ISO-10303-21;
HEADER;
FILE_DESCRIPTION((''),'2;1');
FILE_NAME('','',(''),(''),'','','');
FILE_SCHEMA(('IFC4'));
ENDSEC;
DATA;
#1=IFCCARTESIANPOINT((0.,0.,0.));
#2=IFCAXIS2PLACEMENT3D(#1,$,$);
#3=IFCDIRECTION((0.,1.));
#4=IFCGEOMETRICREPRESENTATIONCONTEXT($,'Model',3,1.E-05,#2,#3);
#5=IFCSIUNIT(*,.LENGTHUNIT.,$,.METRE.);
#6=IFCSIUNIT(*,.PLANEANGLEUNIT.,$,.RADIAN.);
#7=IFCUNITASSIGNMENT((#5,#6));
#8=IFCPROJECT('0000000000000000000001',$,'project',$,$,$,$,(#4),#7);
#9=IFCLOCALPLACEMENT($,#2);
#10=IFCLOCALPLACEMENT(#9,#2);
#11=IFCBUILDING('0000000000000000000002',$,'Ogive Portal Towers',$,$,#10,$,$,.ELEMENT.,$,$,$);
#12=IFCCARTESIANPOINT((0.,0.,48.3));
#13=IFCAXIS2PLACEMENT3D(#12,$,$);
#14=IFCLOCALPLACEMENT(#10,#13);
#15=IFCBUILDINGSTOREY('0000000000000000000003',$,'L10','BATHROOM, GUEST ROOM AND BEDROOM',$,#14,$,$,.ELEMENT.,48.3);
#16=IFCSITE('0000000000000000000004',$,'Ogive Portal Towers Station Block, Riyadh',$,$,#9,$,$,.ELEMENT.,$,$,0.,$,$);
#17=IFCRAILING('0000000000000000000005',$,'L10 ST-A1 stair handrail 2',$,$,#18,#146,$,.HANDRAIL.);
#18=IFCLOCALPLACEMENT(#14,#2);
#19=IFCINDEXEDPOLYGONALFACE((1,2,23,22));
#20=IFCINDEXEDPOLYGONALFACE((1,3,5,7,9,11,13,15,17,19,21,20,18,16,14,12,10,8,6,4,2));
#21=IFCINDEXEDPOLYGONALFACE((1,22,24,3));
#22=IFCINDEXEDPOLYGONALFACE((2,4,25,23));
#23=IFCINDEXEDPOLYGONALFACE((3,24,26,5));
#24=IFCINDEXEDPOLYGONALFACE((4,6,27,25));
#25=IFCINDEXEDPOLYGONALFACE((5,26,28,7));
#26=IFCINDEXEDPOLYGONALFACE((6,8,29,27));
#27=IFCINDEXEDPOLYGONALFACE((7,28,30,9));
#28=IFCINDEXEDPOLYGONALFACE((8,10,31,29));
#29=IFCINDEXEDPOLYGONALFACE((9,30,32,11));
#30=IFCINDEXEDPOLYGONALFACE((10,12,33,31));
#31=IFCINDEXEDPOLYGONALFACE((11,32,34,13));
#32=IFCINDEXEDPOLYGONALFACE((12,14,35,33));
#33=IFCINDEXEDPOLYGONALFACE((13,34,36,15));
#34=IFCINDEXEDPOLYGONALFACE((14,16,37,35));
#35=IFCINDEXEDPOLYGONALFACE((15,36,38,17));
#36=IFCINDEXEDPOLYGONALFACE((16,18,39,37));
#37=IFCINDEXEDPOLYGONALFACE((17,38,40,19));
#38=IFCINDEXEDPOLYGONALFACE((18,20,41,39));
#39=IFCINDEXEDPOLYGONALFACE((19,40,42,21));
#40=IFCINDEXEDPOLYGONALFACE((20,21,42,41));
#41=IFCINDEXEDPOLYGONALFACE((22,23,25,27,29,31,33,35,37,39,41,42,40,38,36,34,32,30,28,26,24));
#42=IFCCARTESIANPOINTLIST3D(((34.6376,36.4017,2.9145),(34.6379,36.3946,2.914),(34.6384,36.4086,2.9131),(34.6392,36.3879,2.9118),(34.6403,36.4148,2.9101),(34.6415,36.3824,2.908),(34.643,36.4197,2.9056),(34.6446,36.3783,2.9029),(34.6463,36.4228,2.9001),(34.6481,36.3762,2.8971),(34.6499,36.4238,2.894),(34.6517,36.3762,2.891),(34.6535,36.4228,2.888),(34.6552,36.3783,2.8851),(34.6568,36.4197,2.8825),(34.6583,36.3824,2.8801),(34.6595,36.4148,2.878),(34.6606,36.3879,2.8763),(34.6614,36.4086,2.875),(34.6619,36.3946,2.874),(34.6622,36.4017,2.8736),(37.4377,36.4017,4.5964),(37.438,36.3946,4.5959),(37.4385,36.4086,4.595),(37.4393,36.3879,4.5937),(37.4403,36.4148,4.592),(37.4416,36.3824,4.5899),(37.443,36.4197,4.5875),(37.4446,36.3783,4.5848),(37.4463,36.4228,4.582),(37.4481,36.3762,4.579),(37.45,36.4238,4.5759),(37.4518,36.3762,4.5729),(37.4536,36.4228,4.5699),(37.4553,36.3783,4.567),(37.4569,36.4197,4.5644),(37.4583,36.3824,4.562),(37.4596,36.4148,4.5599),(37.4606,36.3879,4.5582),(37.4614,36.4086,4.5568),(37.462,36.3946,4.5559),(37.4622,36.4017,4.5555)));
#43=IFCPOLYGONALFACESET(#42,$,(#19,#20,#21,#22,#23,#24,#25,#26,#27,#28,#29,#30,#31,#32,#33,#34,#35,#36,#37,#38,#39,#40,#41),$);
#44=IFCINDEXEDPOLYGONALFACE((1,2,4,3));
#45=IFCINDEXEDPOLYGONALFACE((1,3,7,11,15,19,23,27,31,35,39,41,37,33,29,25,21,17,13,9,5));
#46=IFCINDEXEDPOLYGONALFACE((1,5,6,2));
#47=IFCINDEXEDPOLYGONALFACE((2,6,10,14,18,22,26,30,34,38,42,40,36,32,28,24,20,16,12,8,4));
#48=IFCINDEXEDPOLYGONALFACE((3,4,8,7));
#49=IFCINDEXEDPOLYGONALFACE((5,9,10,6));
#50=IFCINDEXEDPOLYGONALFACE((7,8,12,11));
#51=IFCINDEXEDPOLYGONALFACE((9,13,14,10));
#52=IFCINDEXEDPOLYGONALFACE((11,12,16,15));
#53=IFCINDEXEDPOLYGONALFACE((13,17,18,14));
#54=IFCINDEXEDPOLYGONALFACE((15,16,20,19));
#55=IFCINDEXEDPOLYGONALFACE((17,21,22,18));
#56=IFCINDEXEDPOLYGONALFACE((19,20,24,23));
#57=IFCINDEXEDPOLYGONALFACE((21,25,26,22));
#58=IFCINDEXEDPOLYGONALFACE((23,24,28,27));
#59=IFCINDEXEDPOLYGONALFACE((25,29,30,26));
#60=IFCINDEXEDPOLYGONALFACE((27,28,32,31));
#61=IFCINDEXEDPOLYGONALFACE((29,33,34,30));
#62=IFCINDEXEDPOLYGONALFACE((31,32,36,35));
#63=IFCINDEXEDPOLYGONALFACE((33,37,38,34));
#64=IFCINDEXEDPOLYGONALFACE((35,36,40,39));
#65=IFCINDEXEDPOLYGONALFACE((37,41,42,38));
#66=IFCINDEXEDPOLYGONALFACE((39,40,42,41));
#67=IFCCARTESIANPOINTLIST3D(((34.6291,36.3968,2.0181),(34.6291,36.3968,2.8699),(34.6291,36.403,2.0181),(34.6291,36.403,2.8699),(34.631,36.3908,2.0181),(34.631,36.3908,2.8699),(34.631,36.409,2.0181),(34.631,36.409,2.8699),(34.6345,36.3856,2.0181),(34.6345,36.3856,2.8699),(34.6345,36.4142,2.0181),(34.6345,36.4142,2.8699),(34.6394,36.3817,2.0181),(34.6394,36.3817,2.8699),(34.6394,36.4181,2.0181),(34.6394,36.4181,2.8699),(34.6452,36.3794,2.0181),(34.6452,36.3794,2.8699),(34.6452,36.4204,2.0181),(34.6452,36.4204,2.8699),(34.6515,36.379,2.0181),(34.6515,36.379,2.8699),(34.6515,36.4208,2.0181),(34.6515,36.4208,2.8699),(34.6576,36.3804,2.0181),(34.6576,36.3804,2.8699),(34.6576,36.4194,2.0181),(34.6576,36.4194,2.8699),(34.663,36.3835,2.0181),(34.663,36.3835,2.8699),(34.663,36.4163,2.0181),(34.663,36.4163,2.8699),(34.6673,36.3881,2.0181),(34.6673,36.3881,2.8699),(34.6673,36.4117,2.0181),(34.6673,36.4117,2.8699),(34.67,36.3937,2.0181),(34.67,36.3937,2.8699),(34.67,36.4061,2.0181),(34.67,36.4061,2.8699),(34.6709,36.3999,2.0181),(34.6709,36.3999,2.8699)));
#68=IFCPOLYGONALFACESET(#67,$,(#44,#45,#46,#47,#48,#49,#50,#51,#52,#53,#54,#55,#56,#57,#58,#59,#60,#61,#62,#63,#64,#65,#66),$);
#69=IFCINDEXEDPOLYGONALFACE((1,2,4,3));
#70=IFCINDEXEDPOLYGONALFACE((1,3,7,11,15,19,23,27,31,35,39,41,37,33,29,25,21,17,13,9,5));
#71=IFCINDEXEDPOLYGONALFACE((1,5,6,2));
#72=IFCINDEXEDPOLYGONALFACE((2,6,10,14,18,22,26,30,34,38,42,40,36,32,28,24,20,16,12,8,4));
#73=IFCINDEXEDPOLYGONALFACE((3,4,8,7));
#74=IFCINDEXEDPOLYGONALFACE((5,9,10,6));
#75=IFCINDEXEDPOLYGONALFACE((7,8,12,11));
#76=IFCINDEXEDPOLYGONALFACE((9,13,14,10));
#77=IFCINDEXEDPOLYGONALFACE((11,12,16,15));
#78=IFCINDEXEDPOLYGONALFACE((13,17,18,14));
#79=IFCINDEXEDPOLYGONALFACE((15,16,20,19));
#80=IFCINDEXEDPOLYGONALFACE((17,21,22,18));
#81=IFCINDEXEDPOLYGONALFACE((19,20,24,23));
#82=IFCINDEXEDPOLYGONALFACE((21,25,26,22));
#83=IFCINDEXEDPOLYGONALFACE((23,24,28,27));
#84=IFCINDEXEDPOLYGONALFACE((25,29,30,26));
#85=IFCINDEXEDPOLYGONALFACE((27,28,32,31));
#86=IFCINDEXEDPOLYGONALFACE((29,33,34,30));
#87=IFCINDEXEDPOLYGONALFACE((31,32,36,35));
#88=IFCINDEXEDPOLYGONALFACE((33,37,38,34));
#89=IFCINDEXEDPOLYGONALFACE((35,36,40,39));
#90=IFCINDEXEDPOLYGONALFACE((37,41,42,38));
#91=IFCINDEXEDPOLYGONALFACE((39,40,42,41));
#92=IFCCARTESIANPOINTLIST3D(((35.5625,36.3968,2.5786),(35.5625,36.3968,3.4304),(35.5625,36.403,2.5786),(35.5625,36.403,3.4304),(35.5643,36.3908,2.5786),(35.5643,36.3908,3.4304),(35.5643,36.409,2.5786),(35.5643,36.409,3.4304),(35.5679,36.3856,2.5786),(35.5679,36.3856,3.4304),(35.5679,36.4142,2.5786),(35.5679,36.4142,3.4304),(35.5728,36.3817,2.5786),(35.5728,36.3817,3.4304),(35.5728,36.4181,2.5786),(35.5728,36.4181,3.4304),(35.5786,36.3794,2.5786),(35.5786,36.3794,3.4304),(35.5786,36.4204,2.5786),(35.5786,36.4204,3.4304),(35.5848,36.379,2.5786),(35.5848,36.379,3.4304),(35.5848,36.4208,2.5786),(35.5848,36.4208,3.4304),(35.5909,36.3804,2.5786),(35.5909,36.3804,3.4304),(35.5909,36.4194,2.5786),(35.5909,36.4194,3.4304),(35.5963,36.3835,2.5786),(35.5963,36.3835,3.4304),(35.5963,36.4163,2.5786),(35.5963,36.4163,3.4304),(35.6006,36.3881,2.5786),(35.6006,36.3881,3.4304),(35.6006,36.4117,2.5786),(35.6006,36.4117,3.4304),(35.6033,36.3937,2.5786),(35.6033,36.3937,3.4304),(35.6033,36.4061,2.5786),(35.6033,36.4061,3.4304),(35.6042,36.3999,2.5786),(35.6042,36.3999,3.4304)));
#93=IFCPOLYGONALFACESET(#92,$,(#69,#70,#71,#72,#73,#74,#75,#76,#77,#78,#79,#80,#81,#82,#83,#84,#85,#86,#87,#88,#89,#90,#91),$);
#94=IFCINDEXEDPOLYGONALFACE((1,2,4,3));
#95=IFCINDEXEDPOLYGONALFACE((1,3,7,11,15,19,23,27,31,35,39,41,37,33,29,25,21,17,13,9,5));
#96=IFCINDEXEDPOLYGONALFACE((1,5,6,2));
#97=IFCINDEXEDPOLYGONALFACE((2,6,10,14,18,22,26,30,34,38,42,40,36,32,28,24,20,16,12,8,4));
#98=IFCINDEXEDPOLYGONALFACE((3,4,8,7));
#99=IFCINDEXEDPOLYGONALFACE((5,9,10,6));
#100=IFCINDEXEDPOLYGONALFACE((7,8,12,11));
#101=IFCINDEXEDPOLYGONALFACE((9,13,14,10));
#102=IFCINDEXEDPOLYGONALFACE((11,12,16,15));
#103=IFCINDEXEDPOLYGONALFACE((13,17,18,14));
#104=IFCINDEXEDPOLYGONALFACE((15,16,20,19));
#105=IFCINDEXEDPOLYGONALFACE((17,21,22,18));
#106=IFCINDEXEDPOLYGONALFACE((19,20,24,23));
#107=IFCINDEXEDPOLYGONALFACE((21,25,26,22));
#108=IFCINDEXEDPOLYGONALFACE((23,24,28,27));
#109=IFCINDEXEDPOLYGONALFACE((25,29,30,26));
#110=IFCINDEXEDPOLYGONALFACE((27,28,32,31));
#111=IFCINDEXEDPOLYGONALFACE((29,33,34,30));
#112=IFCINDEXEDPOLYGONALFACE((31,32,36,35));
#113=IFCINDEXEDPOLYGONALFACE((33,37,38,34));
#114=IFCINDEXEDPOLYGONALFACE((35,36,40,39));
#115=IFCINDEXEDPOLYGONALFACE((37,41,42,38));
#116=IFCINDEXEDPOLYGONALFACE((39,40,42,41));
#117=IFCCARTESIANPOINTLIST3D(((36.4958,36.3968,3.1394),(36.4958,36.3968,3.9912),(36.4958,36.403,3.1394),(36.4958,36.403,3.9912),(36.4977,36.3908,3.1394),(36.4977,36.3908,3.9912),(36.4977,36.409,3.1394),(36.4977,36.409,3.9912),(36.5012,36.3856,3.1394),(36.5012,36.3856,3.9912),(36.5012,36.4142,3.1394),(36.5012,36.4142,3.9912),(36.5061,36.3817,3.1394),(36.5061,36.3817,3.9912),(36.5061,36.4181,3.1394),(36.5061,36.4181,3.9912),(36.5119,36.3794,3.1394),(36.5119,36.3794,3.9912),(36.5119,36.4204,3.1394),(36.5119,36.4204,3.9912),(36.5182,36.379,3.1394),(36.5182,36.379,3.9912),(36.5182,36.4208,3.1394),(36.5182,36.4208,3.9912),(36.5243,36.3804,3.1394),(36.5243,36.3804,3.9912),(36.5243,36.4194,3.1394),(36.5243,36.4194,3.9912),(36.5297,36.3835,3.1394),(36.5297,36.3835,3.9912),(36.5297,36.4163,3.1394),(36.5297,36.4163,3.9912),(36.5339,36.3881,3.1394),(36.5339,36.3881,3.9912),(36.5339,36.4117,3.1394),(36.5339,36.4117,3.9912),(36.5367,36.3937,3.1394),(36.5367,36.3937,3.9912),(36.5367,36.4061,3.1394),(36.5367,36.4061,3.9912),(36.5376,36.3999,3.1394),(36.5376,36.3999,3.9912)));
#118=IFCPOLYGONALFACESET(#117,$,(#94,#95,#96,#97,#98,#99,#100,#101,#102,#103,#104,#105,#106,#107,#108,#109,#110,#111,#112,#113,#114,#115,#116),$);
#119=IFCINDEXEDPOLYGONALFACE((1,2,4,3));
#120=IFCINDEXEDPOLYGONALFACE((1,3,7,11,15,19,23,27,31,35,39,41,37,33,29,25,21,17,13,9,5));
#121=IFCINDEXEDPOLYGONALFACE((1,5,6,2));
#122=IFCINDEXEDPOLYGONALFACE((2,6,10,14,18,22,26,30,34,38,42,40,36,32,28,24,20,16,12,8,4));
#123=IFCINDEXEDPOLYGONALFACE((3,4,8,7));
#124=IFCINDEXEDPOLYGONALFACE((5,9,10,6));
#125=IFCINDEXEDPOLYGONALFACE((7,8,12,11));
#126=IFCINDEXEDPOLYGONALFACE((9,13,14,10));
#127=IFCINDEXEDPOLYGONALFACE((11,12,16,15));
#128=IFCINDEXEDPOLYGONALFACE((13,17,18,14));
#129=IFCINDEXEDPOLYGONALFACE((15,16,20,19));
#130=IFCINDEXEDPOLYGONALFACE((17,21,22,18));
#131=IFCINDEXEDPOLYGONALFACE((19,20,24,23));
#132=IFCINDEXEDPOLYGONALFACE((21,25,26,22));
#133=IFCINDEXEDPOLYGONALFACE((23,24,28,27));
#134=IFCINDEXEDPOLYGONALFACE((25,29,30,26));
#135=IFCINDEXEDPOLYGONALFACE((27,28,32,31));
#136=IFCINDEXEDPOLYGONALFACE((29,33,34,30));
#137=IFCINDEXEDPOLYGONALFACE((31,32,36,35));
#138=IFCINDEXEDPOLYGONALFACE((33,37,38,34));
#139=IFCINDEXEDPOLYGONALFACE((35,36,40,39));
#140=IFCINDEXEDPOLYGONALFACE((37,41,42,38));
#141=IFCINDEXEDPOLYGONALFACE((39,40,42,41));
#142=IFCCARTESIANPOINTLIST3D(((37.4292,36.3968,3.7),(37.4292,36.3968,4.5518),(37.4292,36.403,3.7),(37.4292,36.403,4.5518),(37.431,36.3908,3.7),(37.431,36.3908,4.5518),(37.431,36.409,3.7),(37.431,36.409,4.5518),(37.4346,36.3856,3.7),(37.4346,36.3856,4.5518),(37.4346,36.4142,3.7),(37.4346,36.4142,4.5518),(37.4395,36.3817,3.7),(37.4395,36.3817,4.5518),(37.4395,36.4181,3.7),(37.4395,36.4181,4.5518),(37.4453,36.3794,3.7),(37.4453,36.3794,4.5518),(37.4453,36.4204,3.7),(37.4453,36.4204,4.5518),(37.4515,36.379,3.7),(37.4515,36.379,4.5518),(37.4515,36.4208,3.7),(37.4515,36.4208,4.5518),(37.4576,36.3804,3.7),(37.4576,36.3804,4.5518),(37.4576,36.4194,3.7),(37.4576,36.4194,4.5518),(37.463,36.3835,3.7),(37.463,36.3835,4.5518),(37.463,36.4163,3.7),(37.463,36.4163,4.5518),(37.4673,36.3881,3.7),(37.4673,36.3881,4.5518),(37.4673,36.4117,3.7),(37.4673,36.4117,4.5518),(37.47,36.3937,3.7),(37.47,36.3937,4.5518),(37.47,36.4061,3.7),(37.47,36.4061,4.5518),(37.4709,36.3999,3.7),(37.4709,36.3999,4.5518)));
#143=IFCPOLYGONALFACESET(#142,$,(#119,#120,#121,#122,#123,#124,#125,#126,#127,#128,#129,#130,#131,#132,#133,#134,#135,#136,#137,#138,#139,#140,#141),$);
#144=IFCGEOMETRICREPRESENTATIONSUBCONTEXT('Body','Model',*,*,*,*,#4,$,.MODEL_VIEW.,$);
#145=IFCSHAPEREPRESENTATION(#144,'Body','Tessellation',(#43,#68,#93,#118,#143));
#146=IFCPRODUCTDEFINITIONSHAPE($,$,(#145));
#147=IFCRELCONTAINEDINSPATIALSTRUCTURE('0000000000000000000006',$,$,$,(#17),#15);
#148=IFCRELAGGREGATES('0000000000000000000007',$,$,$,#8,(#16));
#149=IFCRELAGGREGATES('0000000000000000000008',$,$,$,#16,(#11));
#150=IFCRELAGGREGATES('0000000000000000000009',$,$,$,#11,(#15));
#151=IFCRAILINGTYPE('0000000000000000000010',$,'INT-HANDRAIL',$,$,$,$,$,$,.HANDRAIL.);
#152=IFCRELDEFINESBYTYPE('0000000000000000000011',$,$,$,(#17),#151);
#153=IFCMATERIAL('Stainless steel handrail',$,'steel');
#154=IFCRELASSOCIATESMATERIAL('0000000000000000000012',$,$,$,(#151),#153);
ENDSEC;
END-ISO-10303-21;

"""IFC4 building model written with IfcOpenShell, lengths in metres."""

from ifc_helpers import new_model, si_unit, direction, frame, origin, origin_2d, place, context, subcontext, project, spatial, circle, extrude, material, type_object, element, save


model = new_model("IFC4")

# Units and contexts
model_context = context("Model", 3, precision=1e-05, world=origin(), true_north=direction((0.0, 1.0)))
body_context = subcontext(model_context, "Body", "Model", "MODEL_VIEW")
ifc_project = project(units=[si_unit("LENGTHUNIT", "METRE"), si_unit("PLANEANGLEUNIT", "RADIAN")], contexts=[model_context])

# Site, building, storey
site_placement = place(None, origin())
site = spatial("IfcSite", under=ifc_project, at=site_placement, Name="Ogive Portal Towers Station Block, Riyadh", CompositionType="ELEMENT", RefElevation=0.0)
building_placement = place(site_placement, origin())
building = spatial("IfcBuilding", under=site, at=building_placement, Name="Ogive Portal Towers", CompositionType="ELEMENT")
storey_placement = place(building_placement, frame((0.0, 0.0, 48.3)))
storey = spatial("IfcBuildingStorey", under=building, at=storey_placement, Name="L10", Description="BATHROOM, GUEST ROOM AND BEDROOM", CompositionType="ELEMENT", Elevation=48.3)

# Railing
ifc_material_1 = material(Name="Stainless steel handrail", Category="steel")
railing_type_1 = type_object("IfcRailingType", Name="INT-HANDRAIL", PredefinedType="HANDRAIL", material=ifc_material_1)
railing_1_placement = place(storey_placement, frame((34.6499, 36.3999, 2.0181)))
element("IfcRailing", 1, at=railing_1_placement, inside=storey, type_object=railing_type_1, Name="L10 ST-A1 stair handrail 2", PredefinedType="HANDRAIL", context=body_context, shape_type="SweptSolid", body=[
    extrude(circle(Radius=0.0239, at=origin_2d()), frame((0.0, 0.0, 0.876), z_axis=(0.857242, 0.0, 0.514913), x_axis=(0.0, 1.0, 0.0)), (0.0, 0.0, 1.0), 3.2664),
    extrude(circle(Radius=0.021, at=origin_2d()), origin(), (0.0, 0.0, 1.0), 0.8518),
    extrude(circle(Radius=0.021, at=origin_2d()), frame((0.9333, 0.0, 0.5605)), (0.0, 0.0, 1.0), 0.8518),
    extrude(circle(Radius=0.021, at=origin_2d()), frame((1.8667, 0.0, 1.1213)), (0.0, 0.0, 1.0), 0.8518),
    extrude(circle(Radius=0.021, at=origin_2d()), frame((2.8, 0.0, 1.6819)), (0.0, 0.0, 1.0), 0.8518),
])

save(model, "model.ifc")
